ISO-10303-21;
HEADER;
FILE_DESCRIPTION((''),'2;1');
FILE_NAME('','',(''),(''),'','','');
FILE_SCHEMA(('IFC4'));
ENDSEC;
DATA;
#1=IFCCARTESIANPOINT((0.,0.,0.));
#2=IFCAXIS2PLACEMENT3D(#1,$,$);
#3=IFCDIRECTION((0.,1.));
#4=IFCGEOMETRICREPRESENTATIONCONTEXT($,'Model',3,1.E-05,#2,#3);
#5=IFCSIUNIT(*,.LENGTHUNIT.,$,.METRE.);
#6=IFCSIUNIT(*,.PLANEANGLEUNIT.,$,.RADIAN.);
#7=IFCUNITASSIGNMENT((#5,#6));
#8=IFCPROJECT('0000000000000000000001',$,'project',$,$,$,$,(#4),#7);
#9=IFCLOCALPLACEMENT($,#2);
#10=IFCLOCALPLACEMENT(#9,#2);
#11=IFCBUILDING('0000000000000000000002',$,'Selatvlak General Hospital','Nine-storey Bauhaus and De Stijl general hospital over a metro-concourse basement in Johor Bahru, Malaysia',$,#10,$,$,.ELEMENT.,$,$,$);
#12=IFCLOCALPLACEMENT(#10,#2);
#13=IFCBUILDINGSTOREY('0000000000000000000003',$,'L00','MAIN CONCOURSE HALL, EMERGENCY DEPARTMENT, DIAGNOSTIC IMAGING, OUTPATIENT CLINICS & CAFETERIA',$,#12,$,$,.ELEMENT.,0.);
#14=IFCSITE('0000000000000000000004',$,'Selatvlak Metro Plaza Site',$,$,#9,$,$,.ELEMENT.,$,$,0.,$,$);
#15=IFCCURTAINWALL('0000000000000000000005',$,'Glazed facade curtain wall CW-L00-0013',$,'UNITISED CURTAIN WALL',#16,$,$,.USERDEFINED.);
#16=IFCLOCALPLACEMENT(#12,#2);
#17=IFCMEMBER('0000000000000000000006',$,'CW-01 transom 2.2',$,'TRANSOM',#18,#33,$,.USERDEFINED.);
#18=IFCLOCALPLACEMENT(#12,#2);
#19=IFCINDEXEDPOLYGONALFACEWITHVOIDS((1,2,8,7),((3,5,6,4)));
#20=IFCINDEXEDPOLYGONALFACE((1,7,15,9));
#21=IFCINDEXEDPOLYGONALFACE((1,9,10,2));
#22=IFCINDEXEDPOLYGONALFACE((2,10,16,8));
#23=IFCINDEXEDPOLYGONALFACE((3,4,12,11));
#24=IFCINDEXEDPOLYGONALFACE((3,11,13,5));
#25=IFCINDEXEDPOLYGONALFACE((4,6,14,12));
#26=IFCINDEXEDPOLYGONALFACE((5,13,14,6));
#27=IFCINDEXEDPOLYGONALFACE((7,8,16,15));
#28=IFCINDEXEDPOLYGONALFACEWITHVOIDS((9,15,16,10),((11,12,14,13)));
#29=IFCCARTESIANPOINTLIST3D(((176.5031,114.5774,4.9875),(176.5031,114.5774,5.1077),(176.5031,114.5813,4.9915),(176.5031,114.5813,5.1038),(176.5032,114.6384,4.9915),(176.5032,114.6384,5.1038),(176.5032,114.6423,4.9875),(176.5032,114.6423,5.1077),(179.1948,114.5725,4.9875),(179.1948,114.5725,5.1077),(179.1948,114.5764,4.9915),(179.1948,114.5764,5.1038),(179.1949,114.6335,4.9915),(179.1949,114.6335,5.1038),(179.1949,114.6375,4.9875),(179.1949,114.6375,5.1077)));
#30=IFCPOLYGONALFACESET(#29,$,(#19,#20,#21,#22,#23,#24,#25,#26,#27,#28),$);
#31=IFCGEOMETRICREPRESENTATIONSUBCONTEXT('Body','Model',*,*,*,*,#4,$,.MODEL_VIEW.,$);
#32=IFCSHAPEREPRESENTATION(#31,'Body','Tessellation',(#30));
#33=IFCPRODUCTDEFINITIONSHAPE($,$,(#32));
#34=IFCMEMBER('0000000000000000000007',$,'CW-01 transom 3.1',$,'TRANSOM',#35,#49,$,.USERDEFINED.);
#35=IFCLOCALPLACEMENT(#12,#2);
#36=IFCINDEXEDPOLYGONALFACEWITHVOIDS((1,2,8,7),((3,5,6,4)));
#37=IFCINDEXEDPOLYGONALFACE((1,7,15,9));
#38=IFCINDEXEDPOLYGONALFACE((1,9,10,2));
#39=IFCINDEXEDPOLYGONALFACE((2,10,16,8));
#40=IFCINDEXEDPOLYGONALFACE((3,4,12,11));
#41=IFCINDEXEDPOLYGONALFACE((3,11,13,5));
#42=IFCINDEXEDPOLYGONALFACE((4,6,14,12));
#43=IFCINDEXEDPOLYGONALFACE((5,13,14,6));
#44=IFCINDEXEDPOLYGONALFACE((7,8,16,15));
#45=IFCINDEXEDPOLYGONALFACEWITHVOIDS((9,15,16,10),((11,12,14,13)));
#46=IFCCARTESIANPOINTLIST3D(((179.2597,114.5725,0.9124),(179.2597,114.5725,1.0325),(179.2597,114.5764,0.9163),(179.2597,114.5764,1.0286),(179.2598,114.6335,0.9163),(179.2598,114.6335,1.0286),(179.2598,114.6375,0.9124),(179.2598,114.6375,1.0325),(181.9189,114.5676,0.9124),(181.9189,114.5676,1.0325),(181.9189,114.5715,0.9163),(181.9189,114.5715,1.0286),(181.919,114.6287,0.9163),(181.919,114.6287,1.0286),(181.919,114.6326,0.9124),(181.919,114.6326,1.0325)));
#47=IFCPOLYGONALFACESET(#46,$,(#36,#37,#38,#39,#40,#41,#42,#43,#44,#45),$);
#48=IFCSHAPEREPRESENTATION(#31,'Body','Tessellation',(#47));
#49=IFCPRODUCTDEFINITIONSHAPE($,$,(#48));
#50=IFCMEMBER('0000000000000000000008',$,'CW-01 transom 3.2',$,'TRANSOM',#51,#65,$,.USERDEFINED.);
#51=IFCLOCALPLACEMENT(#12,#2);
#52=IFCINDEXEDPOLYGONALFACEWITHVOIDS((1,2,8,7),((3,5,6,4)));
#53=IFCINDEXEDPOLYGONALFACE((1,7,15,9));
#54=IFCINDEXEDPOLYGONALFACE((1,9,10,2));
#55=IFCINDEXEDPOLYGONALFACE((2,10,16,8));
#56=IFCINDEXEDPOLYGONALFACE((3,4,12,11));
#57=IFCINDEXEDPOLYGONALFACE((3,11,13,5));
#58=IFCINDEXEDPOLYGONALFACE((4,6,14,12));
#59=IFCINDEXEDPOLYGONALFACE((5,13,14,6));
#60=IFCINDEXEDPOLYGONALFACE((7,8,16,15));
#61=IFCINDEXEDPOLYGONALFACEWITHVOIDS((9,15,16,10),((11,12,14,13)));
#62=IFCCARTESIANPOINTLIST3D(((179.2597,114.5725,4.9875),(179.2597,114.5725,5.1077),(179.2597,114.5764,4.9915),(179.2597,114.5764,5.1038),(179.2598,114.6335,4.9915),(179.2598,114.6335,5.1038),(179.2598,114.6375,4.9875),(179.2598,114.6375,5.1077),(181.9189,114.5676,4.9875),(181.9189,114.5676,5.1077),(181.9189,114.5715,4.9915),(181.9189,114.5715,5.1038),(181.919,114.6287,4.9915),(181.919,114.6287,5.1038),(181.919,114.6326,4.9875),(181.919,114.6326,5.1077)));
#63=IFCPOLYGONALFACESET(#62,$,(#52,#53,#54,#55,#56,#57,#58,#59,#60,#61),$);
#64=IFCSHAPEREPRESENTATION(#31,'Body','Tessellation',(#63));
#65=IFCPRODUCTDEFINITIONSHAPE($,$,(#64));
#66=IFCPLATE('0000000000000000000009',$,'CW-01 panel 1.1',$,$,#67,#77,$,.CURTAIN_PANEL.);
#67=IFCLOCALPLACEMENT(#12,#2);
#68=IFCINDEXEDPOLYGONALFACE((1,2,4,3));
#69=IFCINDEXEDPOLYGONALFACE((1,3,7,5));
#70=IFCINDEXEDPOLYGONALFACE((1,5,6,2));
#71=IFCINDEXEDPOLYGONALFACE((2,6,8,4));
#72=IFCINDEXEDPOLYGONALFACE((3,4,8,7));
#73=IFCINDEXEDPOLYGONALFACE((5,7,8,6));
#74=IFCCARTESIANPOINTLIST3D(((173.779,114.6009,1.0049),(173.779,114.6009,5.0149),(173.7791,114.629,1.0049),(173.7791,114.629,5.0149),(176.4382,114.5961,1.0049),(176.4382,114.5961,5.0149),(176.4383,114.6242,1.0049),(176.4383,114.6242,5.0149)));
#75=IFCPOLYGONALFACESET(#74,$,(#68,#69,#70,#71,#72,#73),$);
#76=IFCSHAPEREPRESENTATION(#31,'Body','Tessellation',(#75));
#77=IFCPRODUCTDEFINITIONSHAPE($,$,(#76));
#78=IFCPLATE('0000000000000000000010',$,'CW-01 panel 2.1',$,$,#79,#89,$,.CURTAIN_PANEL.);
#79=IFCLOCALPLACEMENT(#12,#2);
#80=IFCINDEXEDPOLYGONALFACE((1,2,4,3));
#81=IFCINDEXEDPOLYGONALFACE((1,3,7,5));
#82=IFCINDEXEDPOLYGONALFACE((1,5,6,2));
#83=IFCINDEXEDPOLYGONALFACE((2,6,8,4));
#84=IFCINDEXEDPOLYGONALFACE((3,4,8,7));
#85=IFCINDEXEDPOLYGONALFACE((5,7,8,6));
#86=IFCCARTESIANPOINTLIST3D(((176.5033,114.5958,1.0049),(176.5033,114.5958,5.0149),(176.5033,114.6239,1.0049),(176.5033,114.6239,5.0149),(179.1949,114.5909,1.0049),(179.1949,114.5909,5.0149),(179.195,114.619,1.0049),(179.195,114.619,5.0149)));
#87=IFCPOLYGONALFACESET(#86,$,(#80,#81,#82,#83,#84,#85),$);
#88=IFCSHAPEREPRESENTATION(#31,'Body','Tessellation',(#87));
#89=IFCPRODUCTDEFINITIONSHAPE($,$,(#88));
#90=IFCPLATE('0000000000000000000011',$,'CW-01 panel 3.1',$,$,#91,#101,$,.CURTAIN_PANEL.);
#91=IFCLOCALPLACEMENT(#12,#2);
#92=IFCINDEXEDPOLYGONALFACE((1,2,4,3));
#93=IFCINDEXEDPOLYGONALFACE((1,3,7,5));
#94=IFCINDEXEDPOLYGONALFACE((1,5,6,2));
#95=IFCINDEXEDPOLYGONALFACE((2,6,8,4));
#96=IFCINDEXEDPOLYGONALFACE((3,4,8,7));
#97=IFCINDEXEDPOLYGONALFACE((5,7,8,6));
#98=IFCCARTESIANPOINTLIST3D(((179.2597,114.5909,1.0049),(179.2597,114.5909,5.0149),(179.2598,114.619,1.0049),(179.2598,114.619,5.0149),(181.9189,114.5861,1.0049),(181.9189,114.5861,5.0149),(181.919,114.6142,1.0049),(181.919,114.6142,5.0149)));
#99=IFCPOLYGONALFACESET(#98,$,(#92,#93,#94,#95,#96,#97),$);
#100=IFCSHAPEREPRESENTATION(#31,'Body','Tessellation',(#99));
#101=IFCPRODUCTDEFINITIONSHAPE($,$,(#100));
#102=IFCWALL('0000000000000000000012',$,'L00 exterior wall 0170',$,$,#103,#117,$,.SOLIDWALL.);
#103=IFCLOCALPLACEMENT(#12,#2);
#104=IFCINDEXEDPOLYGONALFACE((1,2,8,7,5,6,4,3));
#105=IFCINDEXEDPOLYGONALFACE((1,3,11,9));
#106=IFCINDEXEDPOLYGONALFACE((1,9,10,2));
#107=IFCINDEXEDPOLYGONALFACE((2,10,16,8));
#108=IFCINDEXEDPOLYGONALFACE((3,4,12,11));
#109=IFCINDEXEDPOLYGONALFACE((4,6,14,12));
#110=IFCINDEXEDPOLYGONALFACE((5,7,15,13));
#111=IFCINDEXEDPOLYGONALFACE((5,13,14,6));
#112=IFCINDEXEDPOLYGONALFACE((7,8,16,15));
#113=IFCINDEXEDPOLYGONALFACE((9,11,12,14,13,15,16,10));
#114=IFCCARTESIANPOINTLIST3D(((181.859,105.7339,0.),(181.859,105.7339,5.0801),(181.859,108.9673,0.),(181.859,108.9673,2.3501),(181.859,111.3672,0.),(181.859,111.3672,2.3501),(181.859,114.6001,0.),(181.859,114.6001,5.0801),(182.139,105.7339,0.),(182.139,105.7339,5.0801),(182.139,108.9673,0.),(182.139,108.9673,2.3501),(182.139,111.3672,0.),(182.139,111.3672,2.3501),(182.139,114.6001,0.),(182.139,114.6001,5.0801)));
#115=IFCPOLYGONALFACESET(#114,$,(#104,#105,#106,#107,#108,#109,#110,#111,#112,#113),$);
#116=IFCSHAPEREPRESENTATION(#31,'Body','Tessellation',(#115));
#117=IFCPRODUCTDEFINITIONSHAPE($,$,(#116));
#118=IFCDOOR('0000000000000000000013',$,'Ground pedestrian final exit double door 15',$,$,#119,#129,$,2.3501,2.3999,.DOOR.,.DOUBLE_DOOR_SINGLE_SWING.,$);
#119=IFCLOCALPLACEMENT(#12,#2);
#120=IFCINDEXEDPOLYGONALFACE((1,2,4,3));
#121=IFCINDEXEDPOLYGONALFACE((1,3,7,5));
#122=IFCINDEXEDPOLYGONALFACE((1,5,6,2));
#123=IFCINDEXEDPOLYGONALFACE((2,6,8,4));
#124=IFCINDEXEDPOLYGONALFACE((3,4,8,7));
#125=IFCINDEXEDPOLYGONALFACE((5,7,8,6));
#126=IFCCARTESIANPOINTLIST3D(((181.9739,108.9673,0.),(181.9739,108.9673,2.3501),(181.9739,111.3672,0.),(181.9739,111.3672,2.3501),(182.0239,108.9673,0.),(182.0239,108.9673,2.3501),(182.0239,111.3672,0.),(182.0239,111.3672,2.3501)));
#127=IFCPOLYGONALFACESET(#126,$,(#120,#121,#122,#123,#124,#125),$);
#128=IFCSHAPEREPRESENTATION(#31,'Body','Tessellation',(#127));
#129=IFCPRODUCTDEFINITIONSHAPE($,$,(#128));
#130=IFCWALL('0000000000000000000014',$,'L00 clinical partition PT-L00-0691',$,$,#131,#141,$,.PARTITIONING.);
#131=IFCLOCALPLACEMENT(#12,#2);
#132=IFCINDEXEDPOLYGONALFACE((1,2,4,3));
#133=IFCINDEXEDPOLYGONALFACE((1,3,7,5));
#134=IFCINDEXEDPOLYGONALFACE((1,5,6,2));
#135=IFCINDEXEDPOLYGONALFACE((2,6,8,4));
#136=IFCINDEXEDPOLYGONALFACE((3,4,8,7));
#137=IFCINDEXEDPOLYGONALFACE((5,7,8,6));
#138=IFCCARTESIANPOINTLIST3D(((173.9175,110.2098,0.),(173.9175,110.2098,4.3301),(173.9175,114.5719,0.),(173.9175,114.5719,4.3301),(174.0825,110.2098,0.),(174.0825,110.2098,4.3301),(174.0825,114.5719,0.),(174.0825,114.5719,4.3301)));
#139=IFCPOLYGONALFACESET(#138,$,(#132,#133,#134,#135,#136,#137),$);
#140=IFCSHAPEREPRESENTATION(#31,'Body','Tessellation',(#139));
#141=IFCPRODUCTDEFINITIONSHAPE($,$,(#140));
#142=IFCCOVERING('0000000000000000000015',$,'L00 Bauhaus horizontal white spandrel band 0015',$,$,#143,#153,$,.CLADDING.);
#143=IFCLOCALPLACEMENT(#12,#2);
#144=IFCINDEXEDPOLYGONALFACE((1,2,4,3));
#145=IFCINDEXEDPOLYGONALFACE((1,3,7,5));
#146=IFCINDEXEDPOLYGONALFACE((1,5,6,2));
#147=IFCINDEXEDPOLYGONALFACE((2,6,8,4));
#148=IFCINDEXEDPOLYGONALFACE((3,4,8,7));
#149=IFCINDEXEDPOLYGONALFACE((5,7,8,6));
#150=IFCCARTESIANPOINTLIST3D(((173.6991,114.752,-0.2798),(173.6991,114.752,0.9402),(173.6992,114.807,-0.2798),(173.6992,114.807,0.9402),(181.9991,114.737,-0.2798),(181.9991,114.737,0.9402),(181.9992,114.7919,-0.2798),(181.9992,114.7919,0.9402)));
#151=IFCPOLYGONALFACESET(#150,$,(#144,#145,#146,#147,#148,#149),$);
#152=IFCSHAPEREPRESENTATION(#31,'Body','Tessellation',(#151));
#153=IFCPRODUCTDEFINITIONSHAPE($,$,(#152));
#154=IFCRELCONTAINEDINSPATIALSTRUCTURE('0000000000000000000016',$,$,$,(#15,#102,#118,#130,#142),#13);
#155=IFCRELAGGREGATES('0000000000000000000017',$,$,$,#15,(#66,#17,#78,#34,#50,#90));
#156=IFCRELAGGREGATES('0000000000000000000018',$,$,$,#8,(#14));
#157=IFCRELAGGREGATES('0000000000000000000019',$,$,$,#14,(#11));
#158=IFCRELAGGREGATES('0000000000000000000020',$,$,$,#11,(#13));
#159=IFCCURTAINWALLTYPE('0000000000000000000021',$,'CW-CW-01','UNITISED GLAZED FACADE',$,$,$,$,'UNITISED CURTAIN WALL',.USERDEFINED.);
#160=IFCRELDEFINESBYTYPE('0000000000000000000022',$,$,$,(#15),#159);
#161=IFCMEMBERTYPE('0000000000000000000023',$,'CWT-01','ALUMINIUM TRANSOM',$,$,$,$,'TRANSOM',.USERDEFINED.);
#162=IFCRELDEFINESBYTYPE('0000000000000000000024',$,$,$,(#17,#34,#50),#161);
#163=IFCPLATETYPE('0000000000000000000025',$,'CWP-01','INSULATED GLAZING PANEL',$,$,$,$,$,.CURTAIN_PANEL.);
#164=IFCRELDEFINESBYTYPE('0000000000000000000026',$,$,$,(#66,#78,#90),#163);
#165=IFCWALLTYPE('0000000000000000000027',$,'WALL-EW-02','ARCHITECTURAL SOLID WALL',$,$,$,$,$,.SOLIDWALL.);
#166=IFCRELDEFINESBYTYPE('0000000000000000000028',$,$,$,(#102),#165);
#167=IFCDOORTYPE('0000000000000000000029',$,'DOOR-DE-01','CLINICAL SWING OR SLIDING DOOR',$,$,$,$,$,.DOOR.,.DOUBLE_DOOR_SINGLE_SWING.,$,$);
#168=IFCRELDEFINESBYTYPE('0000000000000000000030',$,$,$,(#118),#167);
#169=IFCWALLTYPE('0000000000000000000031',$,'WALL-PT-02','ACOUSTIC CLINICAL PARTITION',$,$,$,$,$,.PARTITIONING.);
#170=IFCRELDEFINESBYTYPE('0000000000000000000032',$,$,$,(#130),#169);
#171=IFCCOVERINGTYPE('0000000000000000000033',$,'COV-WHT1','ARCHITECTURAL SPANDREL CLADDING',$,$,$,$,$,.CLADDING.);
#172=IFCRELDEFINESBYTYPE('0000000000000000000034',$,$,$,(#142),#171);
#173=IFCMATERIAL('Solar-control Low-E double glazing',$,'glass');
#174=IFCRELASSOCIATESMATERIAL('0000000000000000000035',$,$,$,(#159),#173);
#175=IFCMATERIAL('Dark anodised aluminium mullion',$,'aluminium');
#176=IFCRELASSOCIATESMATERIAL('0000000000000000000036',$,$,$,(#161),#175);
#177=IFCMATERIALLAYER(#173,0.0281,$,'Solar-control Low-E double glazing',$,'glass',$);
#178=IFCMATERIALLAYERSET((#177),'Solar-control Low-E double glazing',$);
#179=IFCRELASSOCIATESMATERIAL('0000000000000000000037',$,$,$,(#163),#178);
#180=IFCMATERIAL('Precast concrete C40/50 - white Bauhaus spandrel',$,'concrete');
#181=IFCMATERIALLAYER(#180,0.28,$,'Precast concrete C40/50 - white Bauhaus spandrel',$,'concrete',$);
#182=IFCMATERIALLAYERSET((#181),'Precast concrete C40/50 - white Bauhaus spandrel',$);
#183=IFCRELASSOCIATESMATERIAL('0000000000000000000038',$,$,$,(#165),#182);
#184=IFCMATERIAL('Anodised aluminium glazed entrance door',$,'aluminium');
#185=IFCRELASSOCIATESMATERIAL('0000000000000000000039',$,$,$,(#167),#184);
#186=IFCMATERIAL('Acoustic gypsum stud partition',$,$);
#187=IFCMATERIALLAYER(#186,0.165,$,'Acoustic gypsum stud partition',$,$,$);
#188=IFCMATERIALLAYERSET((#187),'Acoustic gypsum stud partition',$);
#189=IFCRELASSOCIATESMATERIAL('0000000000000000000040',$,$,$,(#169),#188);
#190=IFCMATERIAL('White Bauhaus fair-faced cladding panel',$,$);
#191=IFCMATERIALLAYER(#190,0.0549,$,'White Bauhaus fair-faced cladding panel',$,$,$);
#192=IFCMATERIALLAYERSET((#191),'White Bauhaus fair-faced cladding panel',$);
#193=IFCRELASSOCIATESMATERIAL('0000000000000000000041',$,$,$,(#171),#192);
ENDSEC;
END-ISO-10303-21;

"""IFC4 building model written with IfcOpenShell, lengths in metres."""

from ifc_helpers import new_model, si_unit, direction, frame, frame_2d, origin, origin_2d, place, context, subcontext, project, spatial, rectangle, hollow_rectangle, extrude, material, layer, layer_set, material_profile, profile_set, type_object, element, fill, aggregate, save


model = new_model("IFC4")

# Units and contexts
model_context = context("Model", 3, precision=1e-05, world=origin(), true_north=direction((0.0, 1.0)))
body_context = subcontext(model_context, "Body", "Model", "MODEL_VIEW")
ifc_project = project(units=[si_unit("LENGTHUNIT", "METRE"), si_unit("PLANEANGLEUNIT", "RADIAN")], contexts=[model_context])

# Site, building, storey
site_placement = place(None, origin())
site = spatial("IfcSite", under=ifc_project, at=site_placement, Name="Selatvlak Metro Plaza Site", CompositionType="ELEMENT", RefElevation=0.0)
building_placement = place(site_placement, origin())
building = spatial("IfcBuilding", under=site, at=building_placement, Name="Selatvlak General Hospital", Description="Nine-storey Bauhaus and De Stijl general hospital over a metro-concourse basement in Johor Bahru, Malaysia", CompositionType="ELEMENT")
storey_placement = place(building_placement, origin())
storey = spatial("IfcBuildingStorey", under=building, at=storey_placement, Name="L00", Description="MAIN CONCOURSE HALL, EMERGENCY DEPARTMENT, DIAGNOSTIC IMAGING, OUTPATIENT CLINICS & CAFETERIA", CompositionType="ELEMENT", Elevation=0.0)

# Curtain wall, members, plates
ifc_material_1 = material(Name="Solar-control Low-E double glazing", Category="glass")
curtain_wall_type = type_object("IfcCurtainWallType", Name="CW-CW-01", Description="UNITISED GLAZED FACADE", ElementType="UNITISED CURTAIN WALL", PredefinedType="USERDEFINED", material=ifc_material_1)
curtain_wall_placement = place(storey_placement, origin())
curtain_wall = element("IfcCurtainWall", 1, at=curtain_wall_placement, inside=storey, type_object=curtain_wall_type, Name="Glazed facade curtain wall CW-L00-0013", ObjectType="UNITISED CURTAIN WALL", PredefinedType="USERDEFINED")
ifc_material_2 = material(Name="Dark anodised aluminium mullion", Category="aluminium")
ifc_material_profile_1 = material_profile(ifc_material_2, hollow_rectangle(XDim=0.0649, YDim=0.1201, WallThickness=0.0039, at=origin_2d()), Name="AL-TRN 65x120x4")
ifc_profile_set_1 = profile_set([ifc_material_profile_1], Name="Dark anodised aluminium mullion")
member_type_1 = type_object("IfcMemberType", Name="CWT-01", Description="ALUMINIUM TRANSOM", ElementType="TRANSOM", PredefinedType="USERDEFINED", material=ifc_profile_set_1)
member_1_placement = place(storey_placement, frame((176.5032, 114.6099, 5.0476), z_axis=(0.999998, -0.001814, 0.0), x_axis=(0.001814, 0.999998, 0.0)))
member_1 = element("IfcMember", 2, at=member_1_placement, type_object=member_type_1, Name="CW-01 transom 2.2", ObjectType="TRANSOM", PredefinedType="USERDEFINED", context=body_context, shape_type="SweptSolid", body=[
    extrude(hollow_rectangle(XDim=0.0649, YDim=0.1201, WallThickness=0.0039, at=origin_2d()), origin(), (0.0, 0.0, 1.0), 2.6917),
])
member_2_placement = place(storey_placement, frame((179.2598, 114.605, 0.9724), z_axis=(0.999998, -0.001836, 0.0), x_axis=(0.001836, 0.999998, 0.0)))
member_2 = element("IfcMember", 3, at=member_2_placement, type_object=member_type_1, Name="CW-01 transom 3.1", ObjectType="TRANSOM", PredefinedType="USERDEFINED", context=body_context, shape_type="SweptSolid", body=[
    extrude(hollow_rectangle(XDim=0.0649, YDim=0.1201, WallThickness=0.0039, at=origin_2d()), origin(), (0.0, 0.0, 1.0), 2.6592),
])
member_3_placement = place(storey_placement, frame((179.2598, 114.605, 5.0476), z_axis=(0.999998, -0.001836, 0.0), x_axis=(0.001836, 0.999998, 0.0)))
member_3 = element("IfcMember", 4, at=member_3_placement, type_object=member_type_1, Name="CW-01 transom 3.2", ObjectType="TRANSOM", PredefinedType="USERDEFINED", context=body_context, shape_type="SweptSolid", body=[
    extrude(hollow_rectangle(XDim=0.0649, YDim=0.1201, WallThickness=0.0039, at=origin_2d()), origin(), (0.0, 0.0, 1.0), 2.6592),
])
ifc_layer_1 = layer(ifc_material_1, 0.0281, Name="Solar-control Low-E double glazing", Category="glass")
ifc_layer_set_1 = layer_set([ifc_layer_1], Name="Solar-control Low-E double glazing")
plate_type = type_object("IfcPlateType", Name="CWP-01", Description="INSULATED GLAZING PANEL", PredefinedType="CURTAIN_PANEL", material=ifc_layer_set_1)
plate_1_placement = place(storey_placement, frame((175.1086, 114.6125, 1.0049), z_axis=(0.0, 0.0, 1.0), x_axis=(0.999998, -0.001814, 0.0)))
plate_1 = element("IfcPlate", 5, at=plate_1_placement, type_object=plate_type, Name="CW-01 panel 1.1", PredefinedType="CURTAIN_PANEL", context=body_context, shape_type="SweptSolid", body=[
    extrude(rectangle(XDim=2.6592, YDim=0.0281, at=origin_2d()), origin(), (0.0, 0.0, 1.0), 4.01),
])
plate_2_placement = place(storey_placement, frame((177.8491, 114.6074, 1.0049), z_axis=(0.0, 0.0, 1.0), x_axis=(0.999998, -0.001814, 0.0)))
plate_2 = element("IfcPlate", 6, at=plate_2_placement, type_object=plate_type, Name="CW-01 panel 2.1", PredefinedType="CURTAIN_PANEL", context=body_context, shape_type="SweptSolid", body=[
    extrude(rectangle(XDim=2.6917, YDim=0.0281, at=origin_2d()), origin(), (0.0, 0.0, 1.0), 4.01),
])
plate_3_placement = place(storey_placement, frame((180.5894, 114.6025, 1.0049), z_axis=(0.0, 0.0, 1.0), x_axis=(0.999998, -0.001814, 0.0)))
plate_3 = element("IfcPlate", 7, at=plate_3_placement, type_object=plate_type, Name="CW-01 panel 3.1", PredefinedType="CURTAIN_PANEL", context=body_context, shape_type="SweptSolid", body=[
    extrude(rectangle(XDim=2.6592, YDim=0.0281, at=origin_2d()), origin(), (0.0, 0.0, 1.0), 4.01),
])
aggregate(curtain_wall, [plate_1, member_1, plate_2, member_2, member_3, plate_3])

# Wall, opening, door
ifc_material_3 = material(Name="Precast concrete C40/50 - white Bauhaus spandrel", Category="concrete")
ifc_layer_2 = layer(ifc_material_3, 0.28, Name="Precast concrete C40/50 - white Bauhaus spandrel", Category="concrete")
ifc_layer_set_2 = layer_set([ifc_layer_2], Name="Precast concrete C40/50 - white Bauhaus spandrel")
wall_type_1 = type_object("IfcWallType", Name="WALL-EW-02", Description="ARCHITECTURAL SOLID WALL", PredefinedType="SOLIDWALL", material=ifc_layer_set_2)
wall_1_placement = place(storey_placement, frame((181.999, 114.6001, 0.0), z_axis=(0.0, 0.0, 1.0), x_axis=(0.0, -1.0, 0.0)))
wall_1 = element("IfcWall", 8, at=wall_1_placement, inside=storey, type_object=wall_type_1, Name="L00 exterior wall 0170", PredefinedType="SOLIDWALL", context=body_context, shape_type="SweptSolid", body=[
    extrude(rectangle(XDim=8.8662, YDim=0.28, at=frame_2d((4.4331, 0.0))), origin(), (0.0, 0.0, 1.0), 5.0801),
])
opening_1_placement = place(wall_1_placement, frame((3.2329, 0.0, 0.0)))
opening_1 = element("IfcOpeningElement", 9, at=opening_1_placement, cuts=wall_1, PredefinedType="OPENING", context=body_context, shape_type="SweptSolid", body=[
    extrude(rectangle(XDim=2.3999, YDim=2.3501, at=frame_2d((1.2, 1.175))), frame((0.0, 0.1499, 0.0), z_axis=(0.0, -1.0, 0.0), x_axis=(1.0, 0.0, 0.0)), (0.0, 0.0, 1.0), 0.3),
])
ifc_material_4 = material(Name="Anodised aluminium glazed entrance door", Category="aluminium")
door_type_1 = type_object("IfcDoorType", Name="DOOR-DE-01", Description="CLINICAL SWING OR SLIDING DOOR", OperationType="DOUBLE_DOOR_SINGLE_SWING", PredefinedType="DOOR", material=ifc_material_4)
door_1_placement = place(opening_1_placement, origin())
door_1 = element("IfcDoor", 10, at=door_1_placement, inside=storey, type_object=door_type_1, Name="Ground pedestrian final exit double door 15", OperationType="DOUBLE_DOOR_SINGLE_SWING", OverallHeight=2.3501, OverallWidth=2.3999, PredefinedType="DOOR", context=body_context, shape_type="SweptSolid", body=[
    extrude(rectangle(XDim=2.3999, YDim=2.3501, at=frame_2d((1.2, 1.175))), frame((0.0, 0.0249, 0.0), z_axis=(0.0, -1.0, 0.0), x_axis=(1.0, 0.0, 0.0)), (0.0, 0.0, 1.0), 0.05),
])
fill(opening_1, door_1)

# Wall
ifc_material_5 = material(Name="Acoustic gypsum stud partition")
ifc_layer_3 = layer(ifc_material_5, 0.165, Name="Acoustic gypsum stud partition")
ifc_layer_set_3 = layer_set([ifc_layer_3], Name="Acoustic gypsum stud partition")
wall_type_2 = type_object("IfcWallType", Name="WALL-PT-02", Description="ACOUSTIC CLINICAL PARTITION", PredefinedType="PARTITIONING", material=ifc_layer_set_3)
wall_2_placement = place(storey_placement, frame((174.0, 114.572, 0.0), z_axis=(0.0, 0.0, 1.0), x_axis=(0.0, -1.0, 0.0)))
element("IfcWall", 11, at=wall_2_placement, inside=storey, type_object=wall_type_2, Name="L00 clinical partition PT-L00-0691", PredefinedType="PARTITIONING", context=body_context, shape_type="SweptSolid", body=[
    extrude(rectangle(XDim=4.3621, YDim=0.165, at=frame_2d((2.1812, 0.0))), origin(), (0.0, 0.0, 1.0), 4.3301),
])

# Covering
ifc_material_6 = material(Name="White Bauhaus fair-faced cladding panel")
ifc_layer_4 = layer(ifc_material_6, 0.0549, Name="White Bauhaus fair-faced cladding panel")
ifc_layer_set_4 = layer_set([ifc_layer_4], Name="White Bauhaus fair-faced cladding panel")
covering_type = type_object("IfcCoveringType", Name="COV-WHT1", Description="ARCHITECTURAL SPANDREL CLADDING", PredefinedType="CLADDING", material=ifc_layer_set_4)
covering_placement = place(storey_placement, frame((177.8491, 114.772, -0.2798), z_axis=(0.0, 0.0, 1.0), x_axis=(0.999998, -0.001815, 0.0)))
element("IfcCovering", 12, at=covering_placement, inside=storey, type_object=covering_type, Name="L00 Bauhaus horizontal white spandrel band 0015", PredefinedType="CLADDING", context=body_context, shape_type="SweptSolid", body=[
    extrude(rectangle(XDim=8.3, YDim=0.0549, at=origin_2d()), origin(), (0.0, 0.0, 1.0), 1.22),
])

save(model, "model.ifc")
